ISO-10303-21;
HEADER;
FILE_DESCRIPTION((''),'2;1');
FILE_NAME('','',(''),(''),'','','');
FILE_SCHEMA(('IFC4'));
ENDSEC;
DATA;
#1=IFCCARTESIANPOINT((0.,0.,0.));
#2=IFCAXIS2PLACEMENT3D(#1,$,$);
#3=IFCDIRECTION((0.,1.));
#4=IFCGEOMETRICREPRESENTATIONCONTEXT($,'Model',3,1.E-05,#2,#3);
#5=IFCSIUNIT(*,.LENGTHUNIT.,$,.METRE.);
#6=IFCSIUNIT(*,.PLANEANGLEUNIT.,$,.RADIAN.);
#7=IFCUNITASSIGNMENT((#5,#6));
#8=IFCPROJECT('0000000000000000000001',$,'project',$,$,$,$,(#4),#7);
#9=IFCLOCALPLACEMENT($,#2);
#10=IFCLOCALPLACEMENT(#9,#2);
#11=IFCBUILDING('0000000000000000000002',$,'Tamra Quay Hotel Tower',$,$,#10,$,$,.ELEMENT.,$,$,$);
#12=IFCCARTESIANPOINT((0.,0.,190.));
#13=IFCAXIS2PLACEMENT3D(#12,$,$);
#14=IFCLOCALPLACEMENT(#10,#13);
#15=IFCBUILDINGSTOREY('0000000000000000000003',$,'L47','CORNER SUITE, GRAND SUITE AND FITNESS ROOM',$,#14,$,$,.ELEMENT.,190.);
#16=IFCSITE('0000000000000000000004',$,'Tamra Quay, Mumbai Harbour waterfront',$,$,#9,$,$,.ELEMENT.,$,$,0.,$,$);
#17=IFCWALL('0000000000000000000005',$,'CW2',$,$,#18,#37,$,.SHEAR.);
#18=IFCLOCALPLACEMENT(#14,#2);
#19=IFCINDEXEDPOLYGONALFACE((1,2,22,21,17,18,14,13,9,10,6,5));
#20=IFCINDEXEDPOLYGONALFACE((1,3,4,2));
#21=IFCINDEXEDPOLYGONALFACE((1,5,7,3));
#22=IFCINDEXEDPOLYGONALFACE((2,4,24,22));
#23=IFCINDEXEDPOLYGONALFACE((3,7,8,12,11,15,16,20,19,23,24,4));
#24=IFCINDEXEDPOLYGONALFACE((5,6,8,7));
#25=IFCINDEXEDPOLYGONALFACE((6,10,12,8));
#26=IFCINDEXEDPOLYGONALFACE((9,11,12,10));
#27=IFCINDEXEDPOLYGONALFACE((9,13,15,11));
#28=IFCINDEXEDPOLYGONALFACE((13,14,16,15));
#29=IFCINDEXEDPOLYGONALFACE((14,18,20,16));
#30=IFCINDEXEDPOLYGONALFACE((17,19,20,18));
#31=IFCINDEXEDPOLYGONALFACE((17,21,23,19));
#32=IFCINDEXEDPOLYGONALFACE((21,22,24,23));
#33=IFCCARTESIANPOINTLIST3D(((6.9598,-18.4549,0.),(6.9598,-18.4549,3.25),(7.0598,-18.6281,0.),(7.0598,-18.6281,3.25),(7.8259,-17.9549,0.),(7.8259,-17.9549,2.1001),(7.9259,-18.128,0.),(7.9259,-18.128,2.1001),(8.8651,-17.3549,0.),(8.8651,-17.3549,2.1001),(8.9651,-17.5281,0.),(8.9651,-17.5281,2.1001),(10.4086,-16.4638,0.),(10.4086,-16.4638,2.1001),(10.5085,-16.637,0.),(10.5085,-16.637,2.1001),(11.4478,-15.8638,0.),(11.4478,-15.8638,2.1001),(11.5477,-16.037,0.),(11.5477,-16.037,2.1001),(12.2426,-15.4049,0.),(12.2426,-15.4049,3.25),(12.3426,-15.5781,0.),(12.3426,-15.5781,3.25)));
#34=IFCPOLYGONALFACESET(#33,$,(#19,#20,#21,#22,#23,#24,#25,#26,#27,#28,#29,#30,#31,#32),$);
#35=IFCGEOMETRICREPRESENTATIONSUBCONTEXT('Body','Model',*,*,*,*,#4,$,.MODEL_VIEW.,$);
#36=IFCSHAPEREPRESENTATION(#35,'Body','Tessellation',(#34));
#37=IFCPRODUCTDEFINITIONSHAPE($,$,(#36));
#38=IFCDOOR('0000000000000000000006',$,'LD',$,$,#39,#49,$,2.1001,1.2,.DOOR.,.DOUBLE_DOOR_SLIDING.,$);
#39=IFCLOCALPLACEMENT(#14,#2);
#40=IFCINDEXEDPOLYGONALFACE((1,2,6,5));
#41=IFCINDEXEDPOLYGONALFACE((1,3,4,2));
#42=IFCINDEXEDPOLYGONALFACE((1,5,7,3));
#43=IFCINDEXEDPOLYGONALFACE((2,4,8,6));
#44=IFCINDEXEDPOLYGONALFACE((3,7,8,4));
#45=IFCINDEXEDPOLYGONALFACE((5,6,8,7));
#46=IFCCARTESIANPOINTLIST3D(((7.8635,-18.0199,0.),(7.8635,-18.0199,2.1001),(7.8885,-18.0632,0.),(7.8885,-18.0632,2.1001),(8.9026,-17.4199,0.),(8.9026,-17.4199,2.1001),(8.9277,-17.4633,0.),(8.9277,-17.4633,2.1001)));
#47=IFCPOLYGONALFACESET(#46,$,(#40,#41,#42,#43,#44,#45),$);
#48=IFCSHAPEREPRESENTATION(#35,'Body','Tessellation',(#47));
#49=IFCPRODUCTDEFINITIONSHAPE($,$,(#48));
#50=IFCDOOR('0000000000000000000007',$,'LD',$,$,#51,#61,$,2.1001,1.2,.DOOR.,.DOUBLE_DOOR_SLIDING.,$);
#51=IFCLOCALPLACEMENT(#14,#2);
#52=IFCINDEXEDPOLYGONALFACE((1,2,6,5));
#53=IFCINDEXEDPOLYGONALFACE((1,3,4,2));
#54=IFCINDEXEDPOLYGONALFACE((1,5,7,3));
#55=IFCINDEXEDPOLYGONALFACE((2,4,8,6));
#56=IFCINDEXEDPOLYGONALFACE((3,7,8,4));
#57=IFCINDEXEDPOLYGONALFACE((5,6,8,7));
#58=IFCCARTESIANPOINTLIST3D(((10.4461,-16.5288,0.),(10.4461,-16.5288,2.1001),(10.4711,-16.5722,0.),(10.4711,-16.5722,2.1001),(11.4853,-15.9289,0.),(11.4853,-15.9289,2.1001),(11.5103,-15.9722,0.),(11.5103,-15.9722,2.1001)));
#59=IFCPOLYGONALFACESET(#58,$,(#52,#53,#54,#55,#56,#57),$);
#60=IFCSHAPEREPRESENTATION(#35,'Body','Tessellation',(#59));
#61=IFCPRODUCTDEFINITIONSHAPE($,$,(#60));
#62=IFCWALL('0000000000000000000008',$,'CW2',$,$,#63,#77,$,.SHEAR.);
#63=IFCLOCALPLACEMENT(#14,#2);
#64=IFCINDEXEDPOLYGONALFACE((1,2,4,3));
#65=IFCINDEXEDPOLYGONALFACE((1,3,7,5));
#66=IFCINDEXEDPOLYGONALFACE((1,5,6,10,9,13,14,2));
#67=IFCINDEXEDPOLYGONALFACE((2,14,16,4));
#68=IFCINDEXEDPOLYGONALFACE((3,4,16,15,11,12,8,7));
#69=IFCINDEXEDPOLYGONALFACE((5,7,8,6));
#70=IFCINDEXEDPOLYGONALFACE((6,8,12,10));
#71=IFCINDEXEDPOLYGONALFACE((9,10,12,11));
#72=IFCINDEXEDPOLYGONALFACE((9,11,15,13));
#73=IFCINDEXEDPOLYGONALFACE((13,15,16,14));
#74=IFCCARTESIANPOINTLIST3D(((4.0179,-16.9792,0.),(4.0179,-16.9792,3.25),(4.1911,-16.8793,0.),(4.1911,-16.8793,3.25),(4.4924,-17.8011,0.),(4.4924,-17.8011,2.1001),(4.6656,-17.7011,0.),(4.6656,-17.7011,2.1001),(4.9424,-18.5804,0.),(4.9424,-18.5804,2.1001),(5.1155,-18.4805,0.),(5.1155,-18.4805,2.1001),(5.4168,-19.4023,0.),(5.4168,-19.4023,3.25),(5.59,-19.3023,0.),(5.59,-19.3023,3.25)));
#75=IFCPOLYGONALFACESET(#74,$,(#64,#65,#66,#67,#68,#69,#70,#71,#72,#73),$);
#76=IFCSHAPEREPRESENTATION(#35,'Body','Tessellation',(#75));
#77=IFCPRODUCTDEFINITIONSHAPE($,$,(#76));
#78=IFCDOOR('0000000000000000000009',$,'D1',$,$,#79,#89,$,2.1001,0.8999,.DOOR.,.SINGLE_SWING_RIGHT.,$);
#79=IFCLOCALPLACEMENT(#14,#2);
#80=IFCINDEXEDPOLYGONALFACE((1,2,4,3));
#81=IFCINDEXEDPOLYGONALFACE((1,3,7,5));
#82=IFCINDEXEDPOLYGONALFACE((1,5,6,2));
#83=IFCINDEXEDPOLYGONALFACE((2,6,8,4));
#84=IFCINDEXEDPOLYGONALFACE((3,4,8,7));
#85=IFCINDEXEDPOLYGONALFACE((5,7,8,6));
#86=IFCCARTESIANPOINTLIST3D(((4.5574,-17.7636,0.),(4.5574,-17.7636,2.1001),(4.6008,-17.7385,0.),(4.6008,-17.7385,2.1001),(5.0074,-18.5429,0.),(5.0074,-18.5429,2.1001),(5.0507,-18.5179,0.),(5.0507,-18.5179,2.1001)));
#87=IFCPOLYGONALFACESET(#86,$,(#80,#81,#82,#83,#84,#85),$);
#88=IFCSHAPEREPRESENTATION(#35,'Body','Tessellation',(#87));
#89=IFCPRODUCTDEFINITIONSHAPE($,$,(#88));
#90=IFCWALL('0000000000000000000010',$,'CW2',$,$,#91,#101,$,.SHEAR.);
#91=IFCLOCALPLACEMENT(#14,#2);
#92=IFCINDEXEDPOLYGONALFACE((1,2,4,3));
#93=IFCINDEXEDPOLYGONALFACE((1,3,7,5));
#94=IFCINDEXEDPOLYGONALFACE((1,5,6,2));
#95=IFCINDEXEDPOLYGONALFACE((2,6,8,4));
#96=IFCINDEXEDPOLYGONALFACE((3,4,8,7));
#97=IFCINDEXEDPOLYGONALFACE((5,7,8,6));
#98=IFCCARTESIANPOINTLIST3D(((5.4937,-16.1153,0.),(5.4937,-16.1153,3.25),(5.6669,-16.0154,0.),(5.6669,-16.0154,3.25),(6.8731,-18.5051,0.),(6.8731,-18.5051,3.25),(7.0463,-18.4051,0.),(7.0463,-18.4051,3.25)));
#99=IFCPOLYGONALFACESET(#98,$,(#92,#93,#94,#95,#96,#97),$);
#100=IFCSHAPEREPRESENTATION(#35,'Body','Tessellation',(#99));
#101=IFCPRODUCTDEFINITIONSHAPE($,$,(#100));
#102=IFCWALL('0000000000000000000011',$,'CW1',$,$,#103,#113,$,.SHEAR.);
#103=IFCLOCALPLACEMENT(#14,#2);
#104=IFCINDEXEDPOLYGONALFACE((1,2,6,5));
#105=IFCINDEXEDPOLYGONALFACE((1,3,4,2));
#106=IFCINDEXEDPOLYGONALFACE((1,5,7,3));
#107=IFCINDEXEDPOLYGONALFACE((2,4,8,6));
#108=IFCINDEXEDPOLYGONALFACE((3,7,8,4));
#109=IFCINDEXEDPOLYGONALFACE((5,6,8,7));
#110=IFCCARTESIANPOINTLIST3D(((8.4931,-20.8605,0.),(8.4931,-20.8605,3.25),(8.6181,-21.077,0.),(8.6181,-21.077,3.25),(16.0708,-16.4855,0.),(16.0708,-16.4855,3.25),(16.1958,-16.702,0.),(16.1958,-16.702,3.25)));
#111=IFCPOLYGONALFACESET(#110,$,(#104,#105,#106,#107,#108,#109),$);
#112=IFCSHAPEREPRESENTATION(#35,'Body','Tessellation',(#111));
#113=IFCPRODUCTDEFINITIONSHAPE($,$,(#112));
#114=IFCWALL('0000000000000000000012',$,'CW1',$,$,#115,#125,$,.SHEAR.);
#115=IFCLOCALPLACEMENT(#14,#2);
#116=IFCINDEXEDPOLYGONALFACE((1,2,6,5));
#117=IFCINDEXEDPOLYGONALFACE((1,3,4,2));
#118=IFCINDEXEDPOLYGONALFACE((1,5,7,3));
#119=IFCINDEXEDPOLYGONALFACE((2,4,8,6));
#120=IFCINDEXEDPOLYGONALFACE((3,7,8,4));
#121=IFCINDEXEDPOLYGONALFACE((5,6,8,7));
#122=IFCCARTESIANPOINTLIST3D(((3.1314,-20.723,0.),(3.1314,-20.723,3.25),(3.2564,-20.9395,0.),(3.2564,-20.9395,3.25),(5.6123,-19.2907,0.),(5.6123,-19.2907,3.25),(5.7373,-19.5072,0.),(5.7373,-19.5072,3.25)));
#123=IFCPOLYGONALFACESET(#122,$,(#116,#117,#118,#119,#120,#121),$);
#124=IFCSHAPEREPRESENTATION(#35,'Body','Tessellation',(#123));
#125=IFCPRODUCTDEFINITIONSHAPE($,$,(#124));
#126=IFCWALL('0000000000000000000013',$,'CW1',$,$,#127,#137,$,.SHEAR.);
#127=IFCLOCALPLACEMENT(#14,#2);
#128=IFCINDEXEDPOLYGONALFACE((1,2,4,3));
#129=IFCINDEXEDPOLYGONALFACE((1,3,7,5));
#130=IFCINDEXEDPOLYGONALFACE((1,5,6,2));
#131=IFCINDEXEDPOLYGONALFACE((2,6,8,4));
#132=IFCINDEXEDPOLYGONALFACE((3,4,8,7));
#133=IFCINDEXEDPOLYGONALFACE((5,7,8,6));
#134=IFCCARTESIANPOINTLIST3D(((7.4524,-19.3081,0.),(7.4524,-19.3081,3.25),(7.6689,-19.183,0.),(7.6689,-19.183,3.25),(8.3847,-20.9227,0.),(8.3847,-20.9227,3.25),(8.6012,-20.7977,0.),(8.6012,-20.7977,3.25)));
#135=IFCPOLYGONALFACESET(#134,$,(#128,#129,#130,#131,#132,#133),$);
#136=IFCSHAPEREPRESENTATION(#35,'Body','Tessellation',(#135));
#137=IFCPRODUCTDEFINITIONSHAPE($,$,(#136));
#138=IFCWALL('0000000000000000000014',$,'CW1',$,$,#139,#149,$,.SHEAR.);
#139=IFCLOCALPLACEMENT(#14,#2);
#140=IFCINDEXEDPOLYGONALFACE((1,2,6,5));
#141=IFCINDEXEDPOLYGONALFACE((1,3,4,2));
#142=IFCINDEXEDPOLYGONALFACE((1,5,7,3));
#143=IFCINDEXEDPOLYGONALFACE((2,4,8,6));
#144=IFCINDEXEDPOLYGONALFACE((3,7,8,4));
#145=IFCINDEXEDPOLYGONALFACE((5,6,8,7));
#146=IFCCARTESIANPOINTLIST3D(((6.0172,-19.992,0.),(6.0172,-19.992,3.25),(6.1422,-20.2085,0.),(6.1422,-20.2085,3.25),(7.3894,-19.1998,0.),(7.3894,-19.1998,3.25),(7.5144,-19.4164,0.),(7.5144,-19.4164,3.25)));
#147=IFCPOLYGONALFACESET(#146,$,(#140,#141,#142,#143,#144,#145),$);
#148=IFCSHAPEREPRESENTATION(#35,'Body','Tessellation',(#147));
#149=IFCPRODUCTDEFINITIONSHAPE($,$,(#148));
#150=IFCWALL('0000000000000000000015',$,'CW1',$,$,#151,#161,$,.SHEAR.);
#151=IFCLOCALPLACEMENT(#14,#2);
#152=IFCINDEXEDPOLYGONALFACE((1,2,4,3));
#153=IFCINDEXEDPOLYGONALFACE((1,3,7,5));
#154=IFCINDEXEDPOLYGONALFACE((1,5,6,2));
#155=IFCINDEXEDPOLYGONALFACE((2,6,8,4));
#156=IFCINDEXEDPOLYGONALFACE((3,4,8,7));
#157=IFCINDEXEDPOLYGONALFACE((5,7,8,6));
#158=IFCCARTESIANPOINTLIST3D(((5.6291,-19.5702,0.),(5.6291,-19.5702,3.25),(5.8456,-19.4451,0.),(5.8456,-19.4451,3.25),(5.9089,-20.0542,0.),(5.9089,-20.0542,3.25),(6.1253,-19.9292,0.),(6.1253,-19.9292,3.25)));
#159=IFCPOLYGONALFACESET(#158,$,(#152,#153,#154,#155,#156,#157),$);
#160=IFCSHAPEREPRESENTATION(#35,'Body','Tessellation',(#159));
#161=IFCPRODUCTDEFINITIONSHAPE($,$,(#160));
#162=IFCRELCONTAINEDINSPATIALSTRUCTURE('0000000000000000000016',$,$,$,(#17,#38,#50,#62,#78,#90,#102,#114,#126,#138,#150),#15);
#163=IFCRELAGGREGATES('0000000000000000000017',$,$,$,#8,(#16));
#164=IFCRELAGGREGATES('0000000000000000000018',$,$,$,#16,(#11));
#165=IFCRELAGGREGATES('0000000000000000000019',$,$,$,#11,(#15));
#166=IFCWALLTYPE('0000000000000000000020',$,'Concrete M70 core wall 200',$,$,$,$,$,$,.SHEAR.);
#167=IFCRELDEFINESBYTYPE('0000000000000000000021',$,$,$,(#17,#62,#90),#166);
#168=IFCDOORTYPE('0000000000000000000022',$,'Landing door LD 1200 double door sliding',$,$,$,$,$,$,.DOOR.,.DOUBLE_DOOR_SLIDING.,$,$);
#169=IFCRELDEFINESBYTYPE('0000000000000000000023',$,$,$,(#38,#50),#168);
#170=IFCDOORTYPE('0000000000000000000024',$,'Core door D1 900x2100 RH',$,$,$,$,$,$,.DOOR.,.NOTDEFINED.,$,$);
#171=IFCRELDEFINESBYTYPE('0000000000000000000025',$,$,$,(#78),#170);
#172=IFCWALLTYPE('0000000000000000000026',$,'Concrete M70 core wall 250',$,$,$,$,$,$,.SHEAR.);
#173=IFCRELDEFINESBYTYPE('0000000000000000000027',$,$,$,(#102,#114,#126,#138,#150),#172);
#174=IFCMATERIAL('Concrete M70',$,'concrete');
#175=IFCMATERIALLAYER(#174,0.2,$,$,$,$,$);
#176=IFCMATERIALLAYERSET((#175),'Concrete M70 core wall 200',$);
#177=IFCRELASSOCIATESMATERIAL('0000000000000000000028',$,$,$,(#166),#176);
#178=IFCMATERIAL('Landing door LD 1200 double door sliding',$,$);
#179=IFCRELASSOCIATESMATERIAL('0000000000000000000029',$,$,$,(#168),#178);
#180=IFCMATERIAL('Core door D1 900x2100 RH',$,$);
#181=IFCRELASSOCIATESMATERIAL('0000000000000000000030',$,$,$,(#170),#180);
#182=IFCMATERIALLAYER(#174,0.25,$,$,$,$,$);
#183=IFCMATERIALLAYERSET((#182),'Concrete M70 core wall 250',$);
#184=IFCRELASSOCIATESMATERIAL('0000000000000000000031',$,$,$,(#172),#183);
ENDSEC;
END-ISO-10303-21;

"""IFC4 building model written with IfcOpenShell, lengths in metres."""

from ifc_helpers import new_model, si_unit, direction, frame, frame_2d, origin, place, context, subcontext, project, spatial, rectangle, extrude, material, layer, layer_set, type_object, element, fill, save


model = new_model("IFC4")

# Units and contexts
model_context = context("Model", 3, precision=1e-05, world=origin(), true_north=direction((0.0, 1.0)))
body_context = subcontext(model_context, "Body", "Model", "MODEL_VIEW")
ifc_project = project(units=[si_unit("LENGTHUNIT", "METRE"), si_unit("PLANEANGLEUNIT", "RADIAN")], contexts=[model_context])

# Site, building, storey
site_placement = place(None, origin())
site = spatial("IfcSite", under=ifc_project, at=site_placement, Name="Tamra Quay, Mumbai Harbour waterfront", CompositionType="ELEMENT", RefElevation=0.0)
building_placement = place(site_placement, origin())
building = spatial("IfcBuilding", under=site, at=building_placement, Name="Tamra Quay Hotel Tower", CompositionType="ELEMENT")
storey_placement = place(building_placement, frame((0.0, 0.0, 190.0)))
storey = spatial("IfcBuildingStorey", under=building, at=storey_placement, Name="L47", Description="CORNER SUITE, GRAND SUITE AND FITNESS ROOM", CompositionType="ELEMENT", Elevation=190.0)

# Shared definitions
ifc_material_1 = material(Name="Concrete M70", Category="concrete")

# Wall, openings, doors
ifc_layer_1 = layer(ifc_material_1, 0.2)
ifc_layer_set_1 = layer_set([ifc_layer_1], Name="Concrete M70 core wall 200")
wall_type_1 = type_object("IfcWallType", Name="Concrete M70 core wall 200", PredefinedType="SHEAR", material=ifc_layer_set_1)
wall_1_placement = place(storey_placement, frame((7.0098, -18.5415, 0.0), z_axis=(0.0, 0.0, 1.0), x_axis=(0.86603, 0.499992, 0.0)))
wall_1 = element("IfcWall", 1, at=wall_1_placement, inside=storey, type_object=wall_type_1, Name="CW2", PredefinedType="SHEAR", context=body_context, shape_type="SweptSolid", body=[
    extrude(rectangle(XDim=6.1001, YDim=0.2, at=frame_2d((3.05, 0.0))), origin(), (0.0, 0.0, 1.0), 3.25),
])
opening_1_placement = place(wall_1_placement, frame((1.0, 0.0, 0.0)))
opening_1 = element("IfcOpeningElement", 2, at=opening_1_placement, cuts=wall_1, PredefinedType="OPENING", context=body_context, shape_type="SweptSolid", body=[
    extrude(rectangle(XDim=1.2, YDim=2.1001, at=frame_2d((0.6001, 1.05))), frame((0.0, 0.1099, 0.0), z_axis=(0.0, -1.0, 0.0), x_axis=(1.0, 0.0, 0.0)), (0.0, 0.0, 1.0), 0.22),
])
opening_2_placement = place(wall_1_placement, frame((3.9822, 0.0, 0.0)))
opening_2 = element("IfcOpeningElement", 3, at=opening_2_placement, cuts=wall_1, PredefinedType="OPENING", context=body_context, shape_type="SweptSolid", body=[
    extrude(rectangle(XDim=1.2, YDim=2.1001, at=frame_2d((0.6001, 1.05))), frame((0.0, 0.1099, 0.0), z_axis=(0.0, -1.0, 0.0), x_axis=(1.0, 0.0, 0.0)), (0.0, 0.0, 1.0), 0.22),
])
ifc_material_2 = material(Name="Landing door LD 1200 double door sliding")
door_type_1 = type_object("IfcDoorType", Name="Landing door LD 1200 double door sliding", OperationType="DOUBLE_DOOR_SLIDING", PredefinedType="DOOR", material=ifc_material_2)
door_1_placement = place(opening_1_placement, origin())
door_1 = element("IfcDoor", 4, at=door_1_placement, inside=storey, type_object=door_type_1, Name="LD", OperationType="DOUBLE_DOOR_SLIDING", OverallHeight=2.1001, OverallWidth=1.2, PredefinedType="DOOR", context=body_context, shape_type="SweptSolid", body=[
    extrude(rectangle(XDim=1.2, YDim=2.1001, at=frame_2d((0.6001, 1.05))), frame((0.0, 0.0249, 0.0), z_axis=(0.0, -1.0, 0.0), x_axis=(1.0, 0.0, 0.0)), (0.0, 0.0, 1.0), 0.05),
])
fill(opening_1, door_1)
door_2_placement = place(opening_2_placement, origin())
door_2 = element("IfcDoor", 5, at=door_2_placement, inside=storey, type_object=door_type_1, Name="LD", OperationType="DOUBLE_DOOR_SLIDING", OverallHeight=2.1001, OverallWidth=1.2, PredefinedType="DOOR", context=body_context, shape_type="SweptSolid", body=[
    extrude(rectangle(XDim=1.2, YDim=2.1001, at=frame_2d((0.6001, 1.05))), frame((0.0, 0.0249, 0.0), z_axis=(0.0, -1.0, 0.0), x_axis=(1.0, 0.0, 0.0)), (0.0, 0.0, 1.0), 0.05),
])
fill(opening_2, door_2)

# Wall, opening, door
wall_2_placement = place(storey_placement, frame((5.5034, -19.3523, 0.0), z_axis=(0.0, 0.0, 1.0), x_axis=(-0.499987, 0.866033, 0.0)))
wall_2 = element("IfcWall", 6, at=wall_2_placement, inside=storey, type_object=wall_type_1, Name="CW2", PredefinedType="SHEAR", context=body_context, shape_type="SweptSolid", body=[
    extrude(rectangle(XDim=2.7979, YDim=0.2, at=frame_2d((1.3989, 0.0))), origin(), (0.0, 0.0, 1.0), 3.25),
])
opening_3_placement = place(wall_2_placement, frame((0.949, 0.0, 0.0)))
opening_3 = element("IfcOpeningElement", 7, at=opening_3_placement, cuts=wall_2, PredefinedType="OPENING", context=body_context, shape_type="SweptSolid", body=[
    extrude(rectangle(XDim=0.8999, YDim=2.1001, at=frame_2d((0.45, 1.05))), frame((0.0, 0.1099, 0.0), z_axis=(0.0, -1.0, 0.0), x_axis=(1.0, 0.0, 0.0)), (0.0, 0.0, 1.0), 0.22),
])
ifc_material_3 = material(Name="Core door D1 900x2100 RH")
door_type_2 = type_object("IfcDoorType", Name="Core door D1 900x2100 RH", OperationType="NOTDEFINED", PredefinedType="DOOR", material=ifc_material_3)
door_3_placement = place(opening_3_placement, origin())
door_3 = element("IfcDoor", 8, at=door_3_placement, inside=storey, type_object=door_type_2, Name="D1", OperationType="SINGLE_SWING_RIGHT", OverallHeight=2.1001, OverallWidth=0.8999, PredefinedType="DOOR", context=body_context, shape_type="SweptSolid", body=[
    extrude(rectangle(XDim=0.8999, YDim=2.1001, at=frame_2d((0.45, 1.05))), frame((0.0, 0.0249, 0.0), z_axis=(0.0, -1.0, 0.0), x_axis=(1.0, 0.0, 0.0)), (0.0, 0.0, 1.0), 0.05),
])
fill(opening_3, door_3)

# Walls
wall_3_placement = place(storey_placement, frame((6.9597, -18.4551, 0.0), z_axis=(0.0, 0.0, 1.0), x_axis=(-0.499927, 0.866068, 0.0)))
element("IfcWall", 9, at=wall_3_placement, inside=storey, type_object=wall_type_1, Name="CW2", PredefinedType="SHEAR", context=body_context, shape_type="SweptSolid", body=[
    extrude(rectangle(XDim=2.7593, YDim=0.2, at=frame_2d((1.3796, 0.0))), origin(), (0.0, 0.0, 1.0), 3.25),
])
ifc_layer_2 = layer(ifc_material_1, 0.25)
ifc_layer_set_2 = layer_set([ifc_layer_2], Name="Concrete M70 core wall 250")
wall_type_2 = type_object("IfcWallType", Name="Concrete M70 core wall 250", PredefinedType="SHEAR", material=ifc_layer_set_2)
wall_4_placement = place(storey_placement, frame((16.1333, -16.5938, 0.0), z_axis=(0.0, 0.0, 1.0), x_axis=(-0.866023, -0.500004, 0.0)))
element("IfcWall", 10, at=wall_4_placement, inside=storey, type_object=wall_type_2, Name="CW1", PredefinedType="SHEAR", context=body_context, shape_type="SweptSolid", body=[
    extrude(rectangle(XDim=8.75, YDim=0.25, at=frame_2d((4.375, 0.0))), origin(), (0.0, 0.0, 1.0), 3.25),
])
wall_5_placement = place(storey_placement, frame((5.6748, -19.3989, 0.0), z_axis=(0.0, 0.0, 1.0), x_axis=(-0.866027, -0.499998, 0.0)))
element("IfcWall", 11, at=wall_5_placement, inside=storey, type_object=wall_type_2, Name="CW1", PredefinedType="SHEAR", context=body_context, shape_type="SweptSolid", body=[
    extrude(rectangle(XDim=2.8647, YDim=0.25, at=frame_2d((1.4324, 0.0))), origin(), (0.0, 0.0, 1.0), 3.25),
])
wall_6_placement = place(storey_placement, frame((8.4929, -20.8601, 0.0), z_axis=(0.0, 0.0, 1.0), x_axis=(-0.50004, 0.866002, 0.0)))
element("IfcWall", 12, at=wall_6_placement, inside=storey, type_object=wall_type_2, Name="CW1", PredefinedType="SHEAR", context=body_context, shape_type="SweptSolid", body=[
    extrude(rectangle(XDim=1.8645, YDim=0.25, at=frame_2d((0.9321, 0.0))), origin(), (0.0, 0.0, 1.0), 3.25),
])
wall_7_placement = place(storey_placement, frame((7.4519, -19.3081, 0.0), z_axis=(0.0, 0.0, 1.0), x_axis=(-0.866044, -0.499967, 0.0)))
element("IfcWall", 13, at=wall_7_placement, inside=storey, type_object=wall_type_2, Name="CW1", PredefinedType="SHEAR", context=body_context, shape_type="SweptSolid", body=[
    extrude(rectangle(XDim=1.5845, YDim=0.25, at=frame_2d((0.7922, 0.0))), origin(), (0.0, 0.0, 1.0), 3.25),
])
wall_8_placement = place(storey_placement, frame((6.0171, -19.9917, 0.0), z_axis=(0.0, 0.0, 1.0), x_axis=(-0.500365, 0.865815, 0.0)))
element("IfcWall", 14, at=wall_8_placement, inside=storey, type_object=wall_type_2, Name="CW1", PredefinedType="SHEAR", context=body_context, shape_type="SweptSolid", body=[
    extrude(rectangle(XDim=0.5591, YDim=0.25, at=frame_2d((0.2795, 0.0))), origin(), (0.0, 0.0, 1.0), 3.25),
])

save(model, "model.ifc")
